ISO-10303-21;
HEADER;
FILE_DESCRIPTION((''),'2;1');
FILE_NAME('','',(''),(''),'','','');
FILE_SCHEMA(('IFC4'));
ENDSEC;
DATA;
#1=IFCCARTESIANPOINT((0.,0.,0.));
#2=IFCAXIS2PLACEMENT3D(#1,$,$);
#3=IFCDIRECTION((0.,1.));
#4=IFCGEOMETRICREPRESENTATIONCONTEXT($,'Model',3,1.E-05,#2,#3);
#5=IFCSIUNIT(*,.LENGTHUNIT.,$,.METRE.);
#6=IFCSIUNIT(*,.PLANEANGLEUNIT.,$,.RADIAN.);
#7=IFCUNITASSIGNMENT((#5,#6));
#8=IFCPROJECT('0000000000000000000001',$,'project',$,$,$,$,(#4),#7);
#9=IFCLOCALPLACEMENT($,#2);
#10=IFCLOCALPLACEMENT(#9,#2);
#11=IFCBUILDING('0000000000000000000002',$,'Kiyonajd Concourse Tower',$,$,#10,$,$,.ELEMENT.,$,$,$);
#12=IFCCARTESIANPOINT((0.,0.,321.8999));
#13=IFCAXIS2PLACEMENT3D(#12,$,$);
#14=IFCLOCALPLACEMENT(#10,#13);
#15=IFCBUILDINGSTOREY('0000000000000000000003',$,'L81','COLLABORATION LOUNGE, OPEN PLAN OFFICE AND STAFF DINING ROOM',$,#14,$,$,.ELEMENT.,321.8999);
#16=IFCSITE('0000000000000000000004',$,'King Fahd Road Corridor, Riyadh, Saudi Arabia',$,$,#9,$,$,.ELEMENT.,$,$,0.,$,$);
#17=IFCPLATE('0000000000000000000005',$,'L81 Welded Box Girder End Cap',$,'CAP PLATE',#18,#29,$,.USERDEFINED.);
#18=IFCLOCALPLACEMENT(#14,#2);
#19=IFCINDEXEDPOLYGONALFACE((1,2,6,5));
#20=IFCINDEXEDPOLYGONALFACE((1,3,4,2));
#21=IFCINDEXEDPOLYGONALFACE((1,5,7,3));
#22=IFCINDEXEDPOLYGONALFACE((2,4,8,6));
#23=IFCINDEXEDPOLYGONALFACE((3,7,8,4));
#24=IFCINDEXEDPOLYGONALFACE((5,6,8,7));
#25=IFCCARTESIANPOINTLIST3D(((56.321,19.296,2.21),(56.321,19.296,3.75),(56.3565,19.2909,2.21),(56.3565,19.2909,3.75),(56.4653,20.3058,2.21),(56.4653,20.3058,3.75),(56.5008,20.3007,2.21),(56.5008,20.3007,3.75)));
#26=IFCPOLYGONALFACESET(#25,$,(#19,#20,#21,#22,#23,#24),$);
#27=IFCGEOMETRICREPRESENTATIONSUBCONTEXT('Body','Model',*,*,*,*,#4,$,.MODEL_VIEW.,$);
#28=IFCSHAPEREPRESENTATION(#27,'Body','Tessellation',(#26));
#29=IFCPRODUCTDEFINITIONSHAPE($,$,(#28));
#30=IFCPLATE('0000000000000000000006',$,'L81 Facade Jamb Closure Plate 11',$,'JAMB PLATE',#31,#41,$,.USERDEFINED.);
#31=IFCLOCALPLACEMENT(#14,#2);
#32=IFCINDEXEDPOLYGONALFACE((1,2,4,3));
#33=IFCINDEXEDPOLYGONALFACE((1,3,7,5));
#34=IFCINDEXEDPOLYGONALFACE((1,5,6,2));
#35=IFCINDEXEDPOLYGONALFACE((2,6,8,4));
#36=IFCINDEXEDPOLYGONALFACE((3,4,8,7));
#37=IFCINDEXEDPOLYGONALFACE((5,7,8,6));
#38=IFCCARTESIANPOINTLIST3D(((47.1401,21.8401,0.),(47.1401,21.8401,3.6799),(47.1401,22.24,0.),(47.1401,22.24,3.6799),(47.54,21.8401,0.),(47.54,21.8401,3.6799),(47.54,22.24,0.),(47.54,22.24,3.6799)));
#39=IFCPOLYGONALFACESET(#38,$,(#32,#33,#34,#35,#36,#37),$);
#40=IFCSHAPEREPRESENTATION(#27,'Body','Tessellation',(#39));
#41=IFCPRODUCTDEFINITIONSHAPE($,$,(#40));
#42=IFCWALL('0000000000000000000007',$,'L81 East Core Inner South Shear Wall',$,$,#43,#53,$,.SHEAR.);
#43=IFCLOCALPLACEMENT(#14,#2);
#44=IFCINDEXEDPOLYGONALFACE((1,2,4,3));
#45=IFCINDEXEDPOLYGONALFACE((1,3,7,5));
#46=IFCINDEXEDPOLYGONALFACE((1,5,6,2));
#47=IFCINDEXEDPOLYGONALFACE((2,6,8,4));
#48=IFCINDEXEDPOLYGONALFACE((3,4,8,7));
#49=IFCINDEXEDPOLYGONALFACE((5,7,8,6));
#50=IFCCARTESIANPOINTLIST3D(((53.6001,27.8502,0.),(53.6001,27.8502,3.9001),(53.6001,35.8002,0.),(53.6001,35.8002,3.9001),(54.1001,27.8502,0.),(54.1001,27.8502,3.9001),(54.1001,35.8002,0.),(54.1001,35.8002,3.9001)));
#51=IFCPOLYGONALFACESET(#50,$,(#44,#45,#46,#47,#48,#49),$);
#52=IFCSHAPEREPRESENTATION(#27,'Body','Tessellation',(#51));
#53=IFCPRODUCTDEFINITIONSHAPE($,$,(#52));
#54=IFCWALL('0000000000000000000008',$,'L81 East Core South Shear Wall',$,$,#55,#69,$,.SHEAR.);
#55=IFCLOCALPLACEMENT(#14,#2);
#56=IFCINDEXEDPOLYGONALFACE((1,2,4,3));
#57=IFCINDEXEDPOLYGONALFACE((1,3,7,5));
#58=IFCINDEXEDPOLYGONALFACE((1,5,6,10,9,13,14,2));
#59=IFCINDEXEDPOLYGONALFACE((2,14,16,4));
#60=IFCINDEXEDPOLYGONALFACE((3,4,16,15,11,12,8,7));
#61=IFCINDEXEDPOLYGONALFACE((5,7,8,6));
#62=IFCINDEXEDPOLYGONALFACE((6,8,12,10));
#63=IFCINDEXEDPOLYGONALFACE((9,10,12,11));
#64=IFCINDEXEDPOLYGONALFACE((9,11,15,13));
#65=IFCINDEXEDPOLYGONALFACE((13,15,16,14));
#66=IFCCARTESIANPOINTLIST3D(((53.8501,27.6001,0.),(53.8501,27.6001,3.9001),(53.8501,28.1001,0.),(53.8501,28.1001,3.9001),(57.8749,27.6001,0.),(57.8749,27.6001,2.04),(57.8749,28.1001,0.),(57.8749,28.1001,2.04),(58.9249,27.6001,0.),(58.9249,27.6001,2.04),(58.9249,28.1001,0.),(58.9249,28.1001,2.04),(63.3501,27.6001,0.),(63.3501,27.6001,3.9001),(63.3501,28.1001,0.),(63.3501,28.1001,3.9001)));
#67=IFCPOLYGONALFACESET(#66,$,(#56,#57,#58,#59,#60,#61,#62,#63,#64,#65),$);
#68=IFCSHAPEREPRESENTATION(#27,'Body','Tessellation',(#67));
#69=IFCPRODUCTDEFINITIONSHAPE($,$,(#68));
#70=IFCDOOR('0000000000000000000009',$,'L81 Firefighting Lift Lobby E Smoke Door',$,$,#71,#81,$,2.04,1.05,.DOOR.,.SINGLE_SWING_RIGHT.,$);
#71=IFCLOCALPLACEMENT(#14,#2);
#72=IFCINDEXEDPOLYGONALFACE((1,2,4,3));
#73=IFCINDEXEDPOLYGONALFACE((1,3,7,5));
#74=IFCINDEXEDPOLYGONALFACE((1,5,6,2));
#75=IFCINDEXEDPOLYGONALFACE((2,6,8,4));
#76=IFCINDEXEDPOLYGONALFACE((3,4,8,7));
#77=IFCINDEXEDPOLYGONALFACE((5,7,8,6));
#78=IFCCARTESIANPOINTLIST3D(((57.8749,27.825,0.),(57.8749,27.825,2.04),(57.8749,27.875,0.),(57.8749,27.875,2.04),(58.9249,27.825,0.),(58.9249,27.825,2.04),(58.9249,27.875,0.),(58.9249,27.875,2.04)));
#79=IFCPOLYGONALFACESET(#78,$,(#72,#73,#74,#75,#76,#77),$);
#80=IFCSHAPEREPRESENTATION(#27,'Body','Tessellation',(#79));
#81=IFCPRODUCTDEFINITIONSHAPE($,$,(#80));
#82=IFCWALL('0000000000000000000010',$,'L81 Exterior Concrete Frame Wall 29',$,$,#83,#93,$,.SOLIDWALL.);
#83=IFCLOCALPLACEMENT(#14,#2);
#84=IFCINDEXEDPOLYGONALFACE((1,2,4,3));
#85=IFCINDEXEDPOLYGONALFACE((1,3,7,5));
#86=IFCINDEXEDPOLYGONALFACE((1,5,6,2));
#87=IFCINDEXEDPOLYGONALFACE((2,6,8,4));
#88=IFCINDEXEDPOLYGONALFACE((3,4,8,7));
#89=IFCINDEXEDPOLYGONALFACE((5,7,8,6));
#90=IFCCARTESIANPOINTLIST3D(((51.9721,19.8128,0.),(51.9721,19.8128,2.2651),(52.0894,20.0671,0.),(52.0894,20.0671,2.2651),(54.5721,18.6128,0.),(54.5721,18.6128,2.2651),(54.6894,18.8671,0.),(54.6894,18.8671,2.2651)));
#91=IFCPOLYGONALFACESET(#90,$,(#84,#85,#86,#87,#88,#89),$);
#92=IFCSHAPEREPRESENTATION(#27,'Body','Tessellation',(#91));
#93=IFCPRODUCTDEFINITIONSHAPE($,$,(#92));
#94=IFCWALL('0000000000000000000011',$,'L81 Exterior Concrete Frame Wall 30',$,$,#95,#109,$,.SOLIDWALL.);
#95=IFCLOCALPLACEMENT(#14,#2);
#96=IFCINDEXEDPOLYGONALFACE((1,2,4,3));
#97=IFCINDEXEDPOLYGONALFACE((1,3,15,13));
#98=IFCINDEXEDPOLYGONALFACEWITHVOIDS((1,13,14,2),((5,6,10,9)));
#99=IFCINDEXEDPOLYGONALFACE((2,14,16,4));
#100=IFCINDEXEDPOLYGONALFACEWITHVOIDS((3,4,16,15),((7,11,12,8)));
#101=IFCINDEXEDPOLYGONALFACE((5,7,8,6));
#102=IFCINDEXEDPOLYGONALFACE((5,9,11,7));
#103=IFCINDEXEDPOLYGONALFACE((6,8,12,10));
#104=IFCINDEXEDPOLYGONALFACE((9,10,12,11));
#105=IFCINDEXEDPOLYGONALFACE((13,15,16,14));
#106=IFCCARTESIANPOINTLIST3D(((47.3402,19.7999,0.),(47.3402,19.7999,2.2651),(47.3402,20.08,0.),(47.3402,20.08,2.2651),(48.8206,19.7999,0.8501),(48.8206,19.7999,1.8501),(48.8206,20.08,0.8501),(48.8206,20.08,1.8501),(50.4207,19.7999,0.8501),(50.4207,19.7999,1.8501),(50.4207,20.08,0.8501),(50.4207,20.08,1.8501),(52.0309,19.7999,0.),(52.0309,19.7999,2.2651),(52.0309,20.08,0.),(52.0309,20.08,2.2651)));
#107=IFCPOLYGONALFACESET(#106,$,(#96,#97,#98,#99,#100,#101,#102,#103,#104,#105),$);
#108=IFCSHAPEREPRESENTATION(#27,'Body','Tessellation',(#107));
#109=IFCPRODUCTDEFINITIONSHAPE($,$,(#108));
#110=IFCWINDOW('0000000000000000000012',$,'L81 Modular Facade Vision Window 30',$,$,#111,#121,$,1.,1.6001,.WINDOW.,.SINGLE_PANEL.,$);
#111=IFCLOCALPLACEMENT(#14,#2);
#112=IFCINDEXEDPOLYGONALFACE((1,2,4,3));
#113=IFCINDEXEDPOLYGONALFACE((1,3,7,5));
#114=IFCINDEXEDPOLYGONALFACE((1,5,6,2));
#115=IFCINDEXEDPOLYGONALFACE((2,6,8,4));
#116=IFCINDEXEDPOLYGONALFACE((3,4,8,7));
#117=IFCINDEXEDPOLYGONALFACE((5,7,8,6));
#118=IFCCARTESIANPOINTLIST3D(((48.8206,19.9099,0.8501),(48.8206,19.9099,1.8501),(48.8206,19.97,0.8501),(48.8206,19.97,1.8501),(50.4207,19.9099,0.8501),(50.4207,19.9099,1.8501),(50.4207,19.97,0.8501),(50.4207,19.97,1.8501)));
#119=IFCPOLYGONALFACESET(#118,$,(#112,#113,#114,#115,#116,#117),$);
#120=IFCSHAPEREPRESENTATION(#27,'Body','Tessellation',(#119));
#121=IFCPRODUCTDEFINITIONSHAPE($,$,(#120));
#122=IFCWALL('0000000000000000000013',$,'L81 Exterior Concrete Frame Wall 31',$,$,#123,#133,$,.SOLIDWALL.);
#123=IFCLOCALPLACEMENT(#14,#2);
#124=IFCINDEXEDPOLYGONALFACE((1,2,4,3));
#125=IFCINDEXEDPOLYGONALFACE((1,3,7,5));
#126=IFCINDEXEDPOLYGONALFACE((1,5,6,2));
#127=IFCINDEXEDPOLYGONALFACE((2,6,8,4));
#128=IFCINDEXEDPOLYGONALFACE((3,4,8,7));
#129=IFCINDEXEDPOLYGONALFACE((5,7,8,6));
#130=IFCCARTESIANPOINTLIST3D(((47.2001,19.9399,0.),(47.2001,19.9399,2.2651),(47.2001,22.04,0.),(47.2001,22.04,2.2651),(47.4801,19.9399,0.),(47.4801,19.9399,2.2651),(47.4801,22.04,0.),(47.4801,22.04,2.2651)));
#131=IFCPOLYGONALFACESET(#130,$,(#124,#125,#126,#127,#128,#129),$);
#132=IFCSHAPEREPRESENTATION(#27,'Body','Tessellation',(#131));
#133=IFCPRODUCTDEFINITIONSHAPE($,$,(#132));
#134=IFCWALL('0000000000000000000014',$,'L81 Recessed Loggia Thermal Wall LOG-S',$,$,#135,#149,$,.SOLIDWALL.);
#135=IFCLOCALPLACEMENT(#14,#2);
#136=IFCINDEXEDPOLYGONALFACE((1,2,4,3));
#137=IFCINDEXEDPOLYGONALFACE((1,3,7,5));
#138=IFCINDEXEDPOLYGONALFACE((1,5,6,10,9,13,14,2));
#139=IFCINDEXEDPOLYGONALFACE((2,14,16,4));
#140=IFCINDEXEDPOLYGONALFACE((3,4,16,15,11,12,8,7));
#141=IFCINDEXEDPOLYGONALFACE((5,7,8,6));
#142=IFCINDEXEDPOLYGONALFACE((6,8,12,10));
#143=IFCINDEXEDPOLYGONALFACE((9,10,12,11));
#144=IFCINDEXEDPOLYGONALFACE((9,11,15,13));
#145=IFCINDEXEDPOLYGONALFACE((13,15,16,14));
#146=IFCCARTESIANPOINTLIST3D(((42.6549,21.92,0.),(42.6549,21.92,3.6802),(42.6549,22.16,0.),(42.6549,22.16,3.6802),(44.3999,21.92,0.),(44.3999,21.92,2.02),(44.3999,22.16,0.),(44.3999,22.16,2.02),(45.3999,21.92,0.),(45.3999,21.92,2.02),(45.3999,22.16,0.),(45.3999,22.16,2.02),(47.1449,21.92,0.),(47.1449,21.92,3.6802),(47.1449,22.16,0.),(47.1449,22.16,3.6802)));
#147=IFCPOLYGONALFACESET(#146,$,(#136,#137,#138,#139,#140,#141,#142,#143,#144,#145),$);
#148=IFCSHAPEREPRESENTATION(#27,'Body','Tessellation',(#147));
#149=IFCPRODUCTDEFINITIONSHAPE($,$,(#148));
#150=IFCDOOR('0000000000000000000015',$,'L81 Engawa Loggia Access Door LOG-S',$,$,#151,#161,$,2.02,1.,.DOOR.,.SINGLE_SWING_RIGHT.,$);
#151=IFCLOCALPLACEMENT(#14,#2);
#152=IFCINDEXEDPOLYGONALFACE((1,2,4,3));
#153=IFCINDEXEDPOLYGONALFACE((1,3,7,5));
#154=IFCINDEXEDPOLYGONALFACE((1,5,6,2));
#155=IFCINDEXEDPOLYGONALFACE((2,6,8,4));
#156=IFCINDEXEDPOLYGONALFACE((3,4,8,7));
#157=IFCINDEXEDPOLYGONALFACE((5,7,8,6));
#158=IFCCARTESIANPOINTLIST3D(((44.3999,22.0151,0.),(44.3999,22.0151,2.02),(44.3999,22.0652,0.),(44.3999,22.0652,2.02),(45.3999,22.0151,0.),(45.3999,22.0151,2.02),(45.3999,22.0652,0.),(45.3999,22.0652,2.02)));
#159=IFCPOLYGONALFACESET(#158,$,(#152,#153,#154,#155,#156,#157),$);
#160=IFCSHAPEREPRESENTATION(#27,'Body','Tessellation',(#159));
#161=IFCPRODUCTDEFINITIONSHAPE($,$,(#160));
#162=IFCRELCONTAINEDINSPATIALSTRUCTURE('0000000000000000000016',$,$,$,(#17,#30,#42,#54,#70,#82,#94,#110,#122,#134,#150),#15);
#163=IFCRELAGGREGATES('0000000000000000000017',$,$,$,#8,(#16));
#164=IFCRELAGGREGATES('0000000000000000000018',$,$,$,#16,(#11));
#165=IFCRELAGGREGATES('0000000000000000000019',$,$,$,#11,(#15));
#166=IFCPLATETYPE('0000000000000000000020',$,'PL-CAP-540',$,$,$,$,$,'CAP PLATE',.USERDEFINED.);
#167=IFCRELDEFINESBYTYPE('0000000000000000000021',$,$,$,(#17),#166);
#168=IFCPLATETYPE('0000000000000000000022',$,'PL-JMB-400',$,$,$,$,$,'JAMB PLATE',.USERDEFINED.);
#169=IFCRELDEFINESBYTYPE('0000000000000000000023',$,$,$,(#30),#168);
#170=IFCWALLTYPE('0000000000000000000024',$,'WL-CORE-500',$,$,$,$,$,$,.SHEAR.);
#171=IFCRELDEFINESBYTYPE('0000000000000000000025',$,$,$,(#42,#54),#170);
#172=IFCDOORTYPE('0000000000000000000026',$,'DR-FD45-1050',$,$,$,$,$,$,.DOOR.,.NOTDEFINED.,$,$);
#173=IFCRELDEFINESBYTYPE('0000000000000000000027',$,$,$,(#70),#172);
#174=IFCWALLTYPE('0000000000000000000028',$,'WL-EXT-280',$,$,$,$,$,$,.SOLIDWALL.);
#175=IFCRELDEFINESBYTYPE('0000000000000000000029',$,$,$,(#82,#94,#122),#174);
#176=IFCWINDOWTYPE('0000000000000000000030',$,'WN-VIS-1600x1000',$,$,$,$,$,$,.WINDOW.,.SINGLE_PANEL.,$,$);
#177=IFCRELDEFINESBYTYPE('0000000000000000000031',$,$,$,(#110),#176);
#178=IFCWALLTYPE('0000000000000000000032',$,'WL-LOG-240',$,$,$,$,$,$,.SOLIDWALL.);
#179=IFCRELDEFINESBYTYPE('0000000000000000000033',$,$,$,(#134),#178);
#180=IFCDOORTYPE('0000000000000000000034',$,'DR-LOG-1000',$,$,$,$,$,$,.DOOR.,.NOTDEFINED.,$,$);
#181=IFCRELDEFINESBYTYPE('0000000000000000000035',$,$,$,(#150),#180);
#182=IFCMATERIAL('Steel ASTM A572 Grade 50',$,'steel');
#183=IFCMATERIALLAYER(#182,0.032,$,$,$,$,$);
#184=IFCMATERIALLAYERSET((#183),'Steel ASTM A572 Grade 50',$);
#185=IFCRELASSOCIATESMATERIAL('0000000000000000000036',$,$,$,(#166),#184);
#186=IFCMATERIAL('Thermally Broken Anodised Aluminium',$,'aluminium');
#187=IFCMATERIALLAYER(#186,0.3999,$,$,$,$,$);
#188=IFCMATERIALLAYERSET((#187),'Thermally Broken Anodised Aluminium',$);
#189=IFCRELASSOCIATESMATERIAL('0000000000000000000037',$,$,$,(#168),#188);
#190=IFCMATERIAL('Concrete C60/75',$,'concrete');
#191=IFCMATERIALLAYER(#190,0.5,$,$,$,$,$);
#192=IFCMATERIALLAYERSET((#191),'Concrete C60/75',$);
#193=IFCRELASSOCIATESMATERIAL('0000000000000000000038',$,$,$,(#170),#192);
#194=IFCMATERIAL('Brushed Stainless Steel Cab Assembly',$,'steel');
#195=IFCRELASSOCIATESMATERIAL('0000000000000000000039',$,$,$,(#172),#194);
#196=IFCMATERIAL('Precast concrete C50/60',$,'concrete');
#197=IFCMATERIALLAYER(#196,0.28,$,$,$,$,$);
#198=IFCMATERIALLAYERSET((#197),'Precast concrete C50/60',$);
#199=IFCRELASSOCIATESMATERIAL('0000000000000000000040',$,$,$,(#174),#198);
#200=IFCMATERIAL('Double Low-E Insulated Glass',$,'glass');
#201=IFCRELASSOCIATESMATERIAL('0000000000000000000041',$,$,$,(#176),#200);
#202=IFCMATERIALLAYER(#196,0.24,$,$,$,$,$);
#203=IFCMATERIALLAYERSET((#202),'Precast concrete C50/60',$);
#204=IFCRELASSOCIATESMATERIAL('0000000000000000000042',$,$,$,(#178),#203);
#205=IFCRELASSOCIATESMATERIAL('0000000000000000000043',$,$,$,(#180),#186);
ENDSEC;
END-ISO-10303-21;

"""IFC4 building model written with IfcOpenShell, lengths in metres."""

from ifc_helpers import new_model, si_unit, direction, frame, frame_2d, origin, origin_2d, place, context, subcontext, project, spatial, rectangle, extrude, material, layer, layer_set, type_object, element, fill, save


model = new_model("IFC4")

# Units and contexts
model_context = context("Model", 3, precision=1e-05, world=origin(), true_north=direction((0.0, 1.0)))
body_context = subcontext(model_context, "Body", "Model", "MODEL_VIEW")
ifc_project = project(units=[si_unit("LENGTHUNIT", "METRE"), si_unit("PLANEANGLEUNIT", "RADIAN")], contexts=[model_context])

# Site, building, storey
site_placement = place(None, origin())
site = spatial("IfcSite", under=ifc_project, at=site_placement, Name="King Fahd Road Corridor, Riyadh, Saudi Arabia", CompositionType="ELEMENT", RefElevation=0.0)
building_placement = place(site_placement, origin())
building = spatial("IfcBuilding", under=site, at=building_placement, Name="Kiyonajd Concourse Tower", CompositionType="ELEMENT")
storey_placement = place(building_placement, frame((0.0, 0.0, 321.8999)))
storey = spatial("IfcBuildingStorey", under=building, at=storey_placement, Name="L81", Description="COLLABORATION LOUNGE, OPEN PLAN OFFICE AND STAFF DINING ROOM", CompositionType="ELEMENT", Elevation=321.8999)

# Shared definitions
ifc_material_1 = material(Name="Concrete C60/75", Category="concrete")

# Shared definitions
ifc_material_2 = material(Name="Steel ASTM A572 Grade 50", Category="steel")

# Plates
ifc_layer_1 = layer(ifc_material_2, 0.032)
ifc_layer_set_1 = layer_set([ifc_layer_1], Name="Steel ASTM A572 Grade 50")
plate_type_1 = type_object("IfcPlateType", Name="PL-CAP-540", ElementType="CAP PLATE", PredefinedType="USERDEFINED", material=ifc_layer_set_1)
for number, where, z_axis, x_axis, name in (
    (1, (56.4109, 19.7983, 2.21), (0.0, 0.0, 1.0), (0.98995, -0.14142, 0.0), "L81 Welded Box Girder End Cap"),
):
    element("IfcPlate", number, at=place(storey_placement, frame(where, z_axis=z_axis, x_axis=x_axis)), inside=storey, type_object=plate_type_1, Name=name, ObjectType="CAP PLATE", PredefinedType="USERDEFINED", context=body_context, shape_type="SweptSolid", body=[
        extrude(rectangle(XDim=0.0359, YDim=1.02, at=origin_2d()), origin(), (0.0, 0.0, 1.0), 1.54),
    ])
ifc_material_3 = material(Name="Thermally Broken Anodised Aluminium", Category="aluminium")
ifc_layer_2 = layer(ifc_material_3, 0.3999)
ifc_layer_set_2 = layer_set([ifc_layer_2], Name="Thermally Broken Anodised Aluminium")
plate_type_2 = type_object("IfcPlateType", Name="PL-JMB-400", ElementType="JAMB PLATE", PredefinedType="USERDEFINED", material=ifc_layer_set_2)
plate_placement = place(storey_placement, frame((47.3401, 22.04, 0.0), z_axis=(0.0, 0.0, 1.0), x_axis=(1.0, 0.0, 0.0)))
element("IfcPlate", 2, at=plate_placement, inside=storey, type_object=plate_type_2, Name="L81 Facade Jamb Closure Plate 11", ObjectType="JAMB PLATE", PredefinedType="USERDEFINED", context=body_context, shape_type="SweptSolid", body=[
    extrude(rectangle(XDim=0.3999, YDim=0.3999, at=origin_2d()), origin(), (0.0, 0.0, 1.0), 3.6799),
])

# Wall
ifc_layer_3 = layer(ifc_material_1, 0.5)
ifc_layer_set_3 = layer_set([ifc_layer_3], Name="Concrete C60/75")
wall_type_1 = type_object("IfcWallType", Name="WL-CORE-500", PredefinedType="SHEAR", material=ifc_layer_set_3)
wall_1_placement = place(storey_placement, frame((53.8501, 27.8501, 0.0), z_axis=(0.0, 0.0, 1.0), x_axis=(0.0, 1.0, 0.0)))
element("IfcWall", 3, at=wall_1_placement, inside=storey, type_object=wall_type_1, Name="L81 East Core Inner South Shear Wall", PredefinedType="SHEAR", context=body_context, shape_type="SweptSolid", body=[
    extrude(rectangle(XDim=7.95, YDim=0.5, at=frame_2d((3.9751, 0.0))), origin(), (0.0, 0.0, 1.0), 3.9001),
])

# Wall, opening, door
wall_2_placement = place(storey_placement, frame((53.8501, 27.8501, 0.0), z_axis=(0.0, 0.0, 1.0), x_axis=(1.0, 0.0, 0.0)))
wall_2 = element("IfcWall", 4, at=wall_2_placement, inside=storey, type_object=wall_type_1, Name="L81 East Core South Shear Wall", PredefinedType="SHEAR", context=body_context, shape_type="SweptSolid", body=[
    extrude(rectangle(XDim=9.5, YDim=0.5, at=frame_2d((4.75, 0.0))), origin(), (0.0, 0.0, 1.0), 3.9001),
])
opening_1_placement = place(wall_2_placement, frame((4.0249, 0.0, 0.0)))
opening_1 = element("IfcOpeningElement", 5, at=opening_1_placement, cuts=wall_2, PredefinedType="OPENING", context=body_context, shape_type="SweptSolid", body=[
    extrude(rectangle(XDim=1.05, YDim=2.04, at=frame_2d((0.5249, 1.02))), frame((0.0, 0.26, 0.0), z_axis=(0.0, -1.0, 0.0), x_axis=(1.0, 0.0, 0.0)), (0.0, 0.0, 1.0), 0.52),
])
ifc_material_4 = material(Name="Brushed Stainless Steel Cab Assembly", Category="steel")
door_type_1 = type_object("IfcDoorType", Name="DR-FD45-1050", OperationType="NOTDEFINED", PredefinedType="DOOR", material=ifc_material_4)
door_1_placement = place(opening_1_placement, origin())
door_1 = element("IfcDoor", 6, at=door_1_placement, inside=storey, type_object=door_type_1, Name="L81 Firefighting Lift Lobby E Smoke Door", OperationType="SINGLE_SWING_RIGHT", OverallHeight=2.04, OverallWidth=1.05, PredefinedType="DOOR", context=body_context, shape_type="SweptSolid", body=[
    extrude(rectangle(XDim=1.05, YDim=2.04, at=frame_2d((0.5249, 1.02))), frame((0.0, 0.0249, 0.0), z_axis=(0.0, -1.0, 0.0), x_axis=(1.0, 0.0, 0.0)), (0.0, 0.0, 1.0), 0.05),
])
fill(opening_1, door_1)

# Wall
ifc_material_5 = material(Name="Precast concrete C50/60", Category="concrete")
ifc_layer_4 = layer(ifc_material_5, 0.28)
ifc_layer_set_4 = layer_set([ifc_layer_4], Name="Precast concrete C50/60")
wall_type_2 = type_object("IfcWallType", Name="WL-EXT-280", PredefinedType="SOLIDWALL", material=ifc_layer_set_4)
wall_3_placement = place(storey_placement, frame((54.6306, 18.74, 0.0), z_axis=(0.0, 0.0, 1.0), x_axis=(-0.907957, 0.419064, 0.0)))
element("IfcWall", 7, at=wall_3_placement, inside=storey, type_object=wall_type_2, Name="L81 Exterior Concrete Frame Wall 29", PredefinedType="SOLIDWALL", context=body_context, shape_type="SweptSolid", body=[
    extrude(rectangle(XDim=2.8635, YDim=0.28, at=frame_2d((1.4316, 0.0))), origin(), (0.0, 0.0, 1.0), 2.2651),
])

# Wall, opening, window
wall_4_placement = place(storey_placement, frame((52.0308, 19.9399, 0.0), z_axis=(0.0, 0.0, 1.0), x_axis=(-1.0, 0.0, 0.0)))
wall_4 = element("IfcWall", 8, at=wall_4_placement, inside=storey, type_object=wall_type_2, Name="L81 Exterior Concrete Frame Wall 30", PredefinedType="SOLIDWALL", context=body_context, shape_type="SweptSolid", body=[
    extrude(rectangle(XDim=4.6907, YDim=0.28, at=frame_2d((2.3452, 0.0))), origin(), (0.0, 0.0, 1.0), 2.2651),
])
opening_2_placement = place(wall_4_placement, frame((1.6101, 0.0, 0.8501)))
opening_2 = element("IfcOpeningElement", 9, at=opening_2_placement, cuts=wall_4, PredefinedType="OPENING", context=body_context, shape_type="SweptSolid", body=[
    extrude(rectangle(XDim=1.6001, YDim=1.0, at=frame_2d((0.8, 0.5))), frame((0.0, 0.1499, 0.0), z_axis=(0.0, -1.0, 0.0), x_axis=(1.0, 0.0, 0.0)), (0.0, 0.0, 1.0), 0.3),
])
ifc_material_6 = material(Name="Double Low-E Insulated Glass", Category="glass")
window_type = type_object("IfcWindowType", Name="WN-VIS-1600x1000", PartitioningType="SINGLE_PANEL", PredefinedType="WINDOW", material=ifc_material_6)
window_placement = place(opening_2_placement, origin())
window = element("IfcWindow", 10, at=window_placement, inside=storey, type_object=window_type, Name="L81 Modular Facade Vision Window 30", OverallHeight=1.0, OverallWidth=1.6001, PartitioningType="SINGLE_PANEL", PredefinedType="WINDOW", context=body_context, shape_type="SweptSolid", body=[
    extrude(rectangle(XDim=1.6001, YDim=1.0, at=frame_2d((0.8, 0.5))), frame((0.0, 0.03, 0.0), z_axis=(0.0, -1.0, 0.0), x_axis=(1.0, 0.0, 0.0)), (0.0, 0.0, 1.0), 0.0601),
])
fill(opening_2, window)

# Wall
wall_5_placement = place(storey_placement, frame((47.3401, 19.9399, 0.0), z_axis=(0.0, 0.0, 1.0), x_axis=(0.0, 1.0, 0.0)))
element("IfcWall", 11, at=wall_5_placement, inside=storey, type_object=wall_type_2, Name="L81 Exterior Concrete Frame Wall 31", PredefinedType="SOLIDWALL", context=body_context, shape_type="SweptSolid", body=[
    extrude(rectangle(XDim=2.1001, YDim=0.28, at=frame_2d((1.05, 0.0))), origin(), (0.0, 0.0, 1.0), 2.2651),
])

# Wall, opening, door
ifc_layer_5 = layer(ifc_material_5, 0.24)
ifc_layer_set_5 = layer_set([ifc_layer_5], Name="Precast concrete C50/60")
wall_type_3 = type_object("IfcWallType", Name="WL-LOG-240", PredefinedType="SOLIDWALL", material=ifc_layer_set_5)
wall_6_placement = place(storey_placement, frame((47.145, 22.04, 0.0), z_axis=(0.0, 0.0, 1.0), x_axis=(-1.0, 0.0, 0.0)))
wall_6 = element("IfcWall", 12, at=wall_6_placement, inside=storey, type_object=wall_type_3, Name="L81 Recessed Loggia Thermal Wall LOG-S", PredefinedType="SOLIDWALL", context=body_context, shape_type="SweptSolid", body=[
    extrude(rectangle(XDim=4.49, YDim=0.24, at=frame_2d((2.2451, 0.0))), origin(), (0.0, 0.0, 1.0), 3.6802),
])
opening_3_placement = place(wall_6_placement, frame((1.7451, 0.0, 0.0)))
opening_3 = element("IfcOpeningElement", 13, at=opening_3_placement, cuts=wall_6, PredefinedType="OPENING", context=body_context, shape_type="SweptSolid", body=[
    extrude(rectangle(XDim=1.0, YDim=2.02, at=frame_2d((0.5, 1.01))), frame((0.0, 0.1299, 0.0), z_axis=(0.0, -1.0, 0.0), x_axis=(1.0, 0.0, 0.0)), (0.0, 0.0, 1.0), 0.26),
])
door_type_2 = type_object("IfcDoorType", Name="DR-LOG-1000", OperationType="NOTDEFINED", PredefinedType="DOOR", material=ifc_material_3)
door_2_placement = place(opening_3_placement, origin())
door_2 = element("IfcDoor", 14, at=door_2_placement, inside=storey, type_object=door_type_2, Name="L81 Engawa Loggia Access Door LOG-S", OperationType="SINGLE_SWING_RIGHT", OverallHeight=2.02, OverallWidth=1.0, PredefinedType="DOOR", context=body_context, shape_type="SweptSolid", body=[
    extrude(rectangle(XDim=1.0, YDim=2.02, at=frame_2d((0.5, 1.01))), frame((0.0, 0.0249, 0.0), z_axis=(0.0, -1.0, 0.0), x_axis=(1.0, 0.0, 0.0)), (0.0, 0.0, 1.0), 0.05),
])
fill(opening_3, door_2)

save(model, "model.ifc")
